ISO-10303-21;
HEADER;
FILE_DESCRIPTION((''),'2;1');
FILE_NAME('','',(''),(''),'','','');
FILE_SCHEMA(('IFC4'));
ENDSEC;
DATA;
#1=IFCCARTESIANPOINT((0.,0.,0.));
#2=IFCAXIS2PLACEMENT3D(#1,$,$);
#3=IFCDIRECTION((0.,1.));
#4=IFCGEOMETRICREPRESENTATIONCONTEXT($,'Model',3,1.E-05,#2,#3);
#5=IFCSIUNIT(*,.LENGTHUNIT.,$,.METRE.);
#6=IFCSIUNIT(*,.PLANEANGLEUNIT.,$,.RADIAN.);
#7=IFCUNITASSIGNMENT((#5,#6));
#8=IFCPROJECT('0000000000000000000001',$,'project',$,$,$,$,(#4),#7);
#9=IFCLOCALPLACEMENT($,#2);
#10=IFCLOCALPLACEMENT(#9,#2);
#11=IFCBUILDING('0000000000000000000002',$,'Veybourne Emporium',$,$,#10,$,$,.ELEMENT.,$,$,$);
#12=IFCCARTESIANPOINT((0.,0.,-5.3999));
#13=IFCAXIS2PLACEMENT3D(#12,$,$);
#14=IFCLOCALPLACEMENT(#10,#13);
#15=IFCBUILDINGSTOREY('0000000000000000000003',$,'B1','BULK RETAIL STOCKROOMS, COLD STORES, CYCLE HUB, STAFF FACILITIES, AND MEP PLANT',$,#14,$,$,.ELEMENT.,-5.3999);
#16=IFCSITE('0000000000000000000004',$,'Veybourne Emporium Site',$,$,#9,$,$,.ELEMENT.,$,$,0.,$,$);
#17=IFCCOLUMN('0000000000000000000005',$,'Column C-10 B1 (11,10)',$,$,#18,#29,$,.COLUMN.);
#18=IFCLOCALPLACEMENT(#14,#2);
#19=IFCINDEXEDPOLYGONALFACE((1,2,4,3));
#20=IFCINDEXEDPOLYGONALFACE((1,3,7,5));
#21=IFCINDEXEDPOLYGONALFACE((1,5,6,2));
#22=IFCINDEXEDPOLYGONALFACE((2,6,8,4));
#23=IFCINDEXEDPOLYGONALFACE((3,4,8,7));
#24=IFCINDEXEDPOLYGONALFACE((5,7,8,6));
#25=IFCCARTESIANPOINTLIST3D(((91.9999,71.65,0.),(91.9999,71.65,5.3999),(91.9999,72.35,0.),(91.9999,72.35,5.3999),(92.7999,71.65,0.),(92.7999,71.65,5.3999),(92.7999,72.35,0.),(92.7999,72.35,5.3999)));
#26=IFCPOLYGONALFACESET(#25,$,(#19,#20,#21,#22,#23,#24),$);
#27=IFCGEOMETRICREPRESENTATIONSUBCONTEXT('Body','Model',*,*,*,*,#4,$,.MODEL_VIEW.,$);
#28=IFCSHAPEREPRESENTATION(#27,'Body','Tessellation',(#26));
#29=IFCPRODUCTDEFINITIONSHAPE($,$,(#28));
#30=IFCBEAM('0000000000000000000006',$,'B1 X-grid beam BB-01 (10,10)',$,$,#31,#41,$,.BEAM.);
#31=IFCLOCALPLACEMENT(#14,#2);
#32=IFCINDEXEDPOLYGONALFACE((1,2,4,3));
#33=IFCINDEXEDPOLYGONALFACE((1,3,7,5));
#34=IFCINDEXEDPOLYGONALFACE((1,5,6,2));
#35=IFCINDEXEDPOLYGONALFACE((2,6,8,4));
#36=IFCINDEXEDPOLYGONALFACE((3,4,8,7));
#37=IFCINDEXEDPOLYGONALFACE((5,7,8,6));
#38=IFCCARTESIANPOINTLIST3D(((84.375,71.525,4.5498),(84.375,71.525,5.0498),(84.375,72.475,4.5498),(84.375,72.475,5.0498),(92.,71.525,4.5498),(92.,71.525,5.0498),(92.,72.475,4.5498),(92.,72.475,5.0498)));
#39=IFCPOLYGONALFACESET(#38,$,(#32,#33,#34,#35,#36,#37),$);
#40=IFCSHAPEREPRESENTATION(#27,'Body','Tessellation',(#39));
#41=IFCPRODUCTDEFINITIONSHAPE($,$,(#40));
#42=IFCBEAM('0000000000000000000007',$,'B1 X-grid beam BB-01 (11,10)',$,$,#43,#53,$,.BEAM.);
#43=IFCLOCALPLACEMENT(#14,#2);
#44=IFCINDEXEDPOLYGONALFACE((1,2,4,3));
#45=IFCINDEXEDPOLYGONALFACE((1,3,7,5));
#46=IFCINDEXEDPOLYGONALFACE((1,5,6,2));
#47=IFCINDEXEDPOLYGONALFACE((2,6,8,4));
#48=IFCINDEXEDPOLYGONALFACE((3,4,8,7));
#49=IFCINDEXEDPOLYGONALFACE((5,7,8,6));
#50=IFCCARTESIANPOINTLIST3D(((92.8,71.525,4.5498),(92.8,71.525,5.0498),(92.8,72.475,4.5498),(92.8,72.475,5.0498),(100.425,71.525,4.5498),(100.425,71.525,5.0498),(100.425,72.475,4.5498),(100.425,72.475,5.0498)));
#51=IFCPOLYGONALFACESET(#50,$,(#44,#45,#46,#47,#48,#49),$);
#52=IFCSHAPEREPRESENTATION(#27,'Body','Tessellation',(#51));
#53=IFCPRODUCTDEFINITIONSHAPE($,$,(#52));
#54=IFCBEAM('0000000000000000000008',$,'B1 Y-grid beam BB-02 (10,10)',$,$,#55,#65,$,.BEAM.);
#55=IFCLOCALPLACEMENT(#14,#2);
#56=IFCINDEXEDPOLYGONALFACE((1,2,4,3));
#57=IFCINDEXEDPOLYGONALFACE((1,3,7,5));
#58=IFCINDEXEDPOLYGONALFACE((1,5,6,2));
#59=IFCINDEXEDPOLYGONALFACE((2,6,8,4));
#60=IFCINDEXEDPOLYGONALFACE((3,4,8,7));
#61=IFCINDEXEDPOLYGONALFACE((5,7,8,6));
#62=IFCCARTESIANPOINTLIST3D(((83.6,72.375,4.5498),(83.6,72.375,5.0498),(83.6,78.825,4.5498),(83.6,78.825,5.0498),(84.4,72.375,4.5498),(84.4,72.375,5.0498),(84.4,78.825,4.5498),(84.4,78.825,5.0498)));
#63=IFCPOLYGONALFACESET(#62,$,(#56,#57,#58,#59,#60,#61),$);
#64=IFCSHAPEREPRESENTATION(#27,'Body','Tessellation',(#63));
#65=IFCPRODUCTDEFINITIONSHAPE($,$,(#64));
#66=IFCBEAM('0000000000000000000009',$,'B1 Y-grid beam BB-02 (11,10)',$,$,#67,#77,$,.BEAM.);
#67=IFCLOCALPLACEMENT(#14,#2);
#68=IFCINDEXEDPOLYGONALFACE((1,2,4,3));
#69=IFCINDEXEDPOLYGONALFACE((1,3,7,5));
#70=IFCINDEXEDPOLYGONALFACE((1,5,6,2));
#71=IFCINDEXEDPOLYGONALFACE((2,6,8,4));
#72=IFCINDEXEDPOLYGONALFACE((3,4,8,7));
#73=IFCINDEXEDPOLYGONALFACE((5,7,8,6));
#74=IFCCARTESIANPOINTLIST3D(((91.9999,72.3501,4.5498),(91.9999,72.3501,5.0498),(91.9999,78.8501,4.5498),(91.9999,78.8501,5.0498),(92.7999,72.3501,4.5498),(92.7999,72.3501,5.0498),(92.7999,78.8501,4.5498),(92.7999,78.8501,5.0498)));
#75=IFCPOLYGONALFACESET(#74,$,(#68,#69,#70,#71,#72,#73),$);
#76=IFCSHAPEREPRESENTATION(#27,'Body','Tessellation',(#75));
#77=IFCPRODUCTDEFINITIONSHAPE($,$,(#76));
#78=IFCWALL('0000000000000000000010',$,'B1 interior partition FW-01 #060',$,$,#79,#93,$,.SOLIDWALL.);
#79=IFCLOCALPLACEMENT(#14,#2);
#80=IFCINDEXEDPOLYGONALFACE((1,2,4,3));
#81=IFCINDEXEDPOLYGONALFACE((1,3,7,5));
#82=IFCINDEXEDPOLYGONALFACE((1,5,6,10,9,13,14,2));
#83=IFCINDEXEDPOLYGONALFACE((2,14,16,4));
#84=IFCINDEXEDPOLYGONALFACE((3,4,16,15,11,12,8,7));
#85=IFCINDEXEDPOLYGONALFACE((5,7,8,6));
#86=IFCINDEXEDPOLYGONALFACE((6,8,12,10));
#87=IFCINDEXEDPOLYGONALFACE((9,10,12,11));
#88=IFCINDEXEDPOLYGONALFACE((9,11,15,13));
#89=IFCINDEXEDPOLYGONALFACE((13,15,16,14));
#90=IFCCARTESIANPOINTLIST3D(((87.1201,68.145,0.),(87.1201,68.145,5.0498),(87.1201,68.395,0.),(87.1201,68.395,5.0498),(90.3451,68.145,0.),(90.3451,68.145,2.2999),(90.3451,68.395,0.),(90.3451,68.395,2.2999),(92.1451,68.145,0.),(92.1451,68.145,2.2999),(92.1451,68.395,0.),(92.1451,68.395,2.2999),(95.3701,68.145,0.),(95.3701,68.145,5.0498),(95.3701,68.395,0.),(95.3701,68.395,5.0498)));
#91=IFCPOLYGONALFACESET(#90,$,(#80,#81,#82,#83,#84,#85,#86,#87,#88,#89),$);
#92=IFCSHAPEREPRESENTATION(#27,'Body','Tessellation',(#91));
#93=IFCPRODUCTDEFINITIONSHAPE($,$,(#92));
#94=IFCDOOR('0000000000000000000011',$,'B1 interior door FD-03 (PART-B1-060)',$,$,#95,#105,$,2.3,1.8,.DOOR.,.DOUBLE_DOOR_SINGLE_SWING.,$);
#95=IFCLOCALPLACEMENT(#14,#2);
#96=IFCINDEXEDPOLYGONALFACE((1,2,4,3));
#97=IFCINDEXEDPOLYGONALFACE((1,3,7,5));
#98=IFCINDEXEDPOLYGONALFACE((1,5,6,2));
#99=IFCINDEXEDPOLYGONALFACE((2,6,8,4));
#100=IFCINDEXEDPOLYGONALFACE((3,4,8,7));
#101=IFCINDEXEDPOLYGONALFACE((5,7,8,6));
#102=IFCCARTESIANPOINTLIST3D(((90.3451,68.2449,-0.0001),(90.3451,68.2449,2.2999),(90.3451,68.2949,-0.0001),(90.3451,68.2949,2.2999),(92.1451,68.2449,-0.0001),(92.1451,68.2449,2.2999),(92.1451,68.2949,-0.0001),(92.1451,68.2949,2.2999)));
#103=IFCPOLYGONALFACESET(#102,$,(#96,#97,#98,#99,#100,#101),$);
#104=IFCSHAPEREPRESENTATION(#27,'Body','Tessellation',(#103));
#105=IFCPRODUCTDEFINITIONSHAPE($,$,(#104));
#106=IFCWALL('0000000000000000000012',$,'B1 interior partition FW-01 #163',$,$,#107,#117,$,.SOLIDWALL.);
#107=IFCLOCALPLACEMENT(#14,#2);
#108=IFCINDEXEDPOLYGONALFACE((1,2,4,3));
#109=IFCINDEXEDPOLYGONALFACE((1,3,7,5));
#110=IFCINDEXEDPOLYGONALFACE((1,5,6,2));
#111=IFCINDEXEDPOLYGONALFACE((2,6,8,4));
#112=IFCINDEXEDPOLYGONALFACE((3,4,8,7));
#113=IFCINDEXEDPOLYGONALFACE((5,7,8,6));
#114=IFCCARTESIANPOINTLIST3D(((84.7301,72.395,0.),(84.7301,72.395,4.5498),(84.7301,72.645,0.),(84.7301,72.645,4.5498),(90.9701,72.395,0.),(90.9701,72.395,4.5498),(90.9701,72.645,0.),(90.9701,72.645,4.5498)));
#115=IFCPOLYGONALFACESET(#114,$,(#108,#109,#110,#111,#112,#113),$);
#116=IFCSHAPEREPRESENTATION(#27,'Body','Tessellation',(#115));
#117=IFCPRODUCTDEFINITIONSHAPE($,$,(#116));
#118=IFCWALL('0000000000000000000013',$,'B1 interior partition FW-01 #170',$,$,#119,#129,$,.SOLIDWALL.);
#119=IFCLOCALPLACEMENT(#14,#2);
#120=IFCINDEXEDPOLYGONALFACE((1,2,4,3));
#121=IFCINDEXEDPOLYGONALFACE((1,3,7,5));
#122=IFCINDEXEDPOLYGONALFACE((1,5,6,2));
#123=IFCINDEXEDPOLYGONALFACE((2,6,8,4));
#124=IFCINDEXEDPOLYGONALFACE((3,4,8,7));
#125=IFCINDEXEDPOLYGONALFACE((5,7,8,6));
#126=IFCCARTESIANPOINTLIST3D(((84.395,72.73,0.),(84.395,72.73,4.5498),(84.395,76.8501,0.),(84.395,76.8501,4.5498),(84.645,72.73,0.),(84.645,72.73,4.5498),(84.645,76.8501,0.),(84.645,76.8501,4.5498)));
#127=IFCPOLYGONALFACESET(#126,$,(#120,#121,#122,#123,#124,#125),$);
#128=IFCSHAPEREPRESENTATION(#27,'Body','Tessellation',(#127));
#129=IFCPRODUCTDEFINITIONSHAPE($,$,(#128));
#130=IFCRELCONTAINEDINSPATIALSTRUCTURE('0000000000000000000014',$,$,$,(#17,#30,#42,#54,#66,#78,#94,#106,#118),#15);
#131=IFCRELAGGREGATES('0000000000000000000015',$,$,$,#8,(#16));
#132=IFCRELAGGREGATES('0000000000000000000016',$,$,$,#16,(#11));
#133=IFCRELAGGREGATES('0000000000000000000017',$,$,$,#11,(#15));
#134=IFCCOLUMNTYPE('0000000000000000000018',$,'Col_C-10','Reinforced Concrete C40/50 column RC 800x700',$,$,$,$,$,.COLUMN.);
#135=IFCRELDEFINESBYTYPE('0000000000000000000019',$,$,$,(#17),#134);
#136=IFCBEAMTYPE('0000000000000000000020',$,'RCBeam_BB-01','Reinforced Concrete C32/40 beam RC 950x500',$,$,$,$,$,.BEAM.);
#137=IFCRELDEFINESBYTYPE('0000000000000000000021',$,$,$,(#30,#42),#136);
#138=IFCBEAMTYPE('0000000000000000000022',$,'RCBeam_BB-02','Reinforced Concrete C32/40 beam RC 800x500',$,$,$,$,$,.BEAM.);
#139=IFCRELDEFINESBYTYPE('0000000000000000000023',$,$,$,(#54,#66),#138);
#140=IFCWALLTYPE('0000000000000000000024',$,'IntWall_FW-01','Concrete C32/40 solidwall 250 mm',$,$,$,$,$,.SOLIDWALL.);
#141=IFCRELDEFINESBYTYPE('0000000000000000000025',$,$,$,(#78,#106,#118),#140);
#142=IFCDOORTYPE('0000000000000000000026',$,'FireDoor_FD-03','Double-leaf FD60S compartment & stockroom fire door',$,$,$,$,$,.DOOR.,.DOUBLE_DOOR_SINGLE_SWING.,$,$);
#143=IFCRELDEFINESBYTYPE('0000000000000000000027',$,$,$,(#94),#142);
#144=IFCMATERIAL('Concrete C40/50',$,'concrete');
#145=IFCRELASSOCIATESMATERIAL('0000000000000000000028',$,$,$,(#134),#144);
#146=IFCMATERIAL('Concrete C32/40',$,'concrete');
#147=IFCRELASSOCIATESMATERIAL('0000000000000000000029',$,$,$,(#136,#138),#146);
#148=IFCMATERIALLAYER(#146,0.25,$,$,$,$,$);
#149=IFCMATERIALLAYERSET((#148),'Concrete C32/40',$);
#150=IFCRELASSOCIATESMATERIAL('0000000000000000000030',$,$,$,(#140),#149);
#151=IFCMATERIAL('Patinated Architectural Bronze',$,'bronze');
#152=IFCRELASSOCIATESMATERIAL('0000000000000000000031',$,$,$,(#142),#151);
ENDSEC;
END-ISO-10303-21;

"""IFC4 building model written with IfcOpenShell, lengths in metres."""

from ifc_helpers import new_model, si_unit, direction, frame, frame_2d, origin, origin_2d, place, context, subcontext, project, spatial, rectangle, extrude, material, layer, layer_set, material_profile, profile_set, type_object, element, fill, save


model = new_model("IFC4")

# Units and contexts
model_context = context("Model", 3, precision=1e-05, world=origin(), true_north=direction((0.0, 1.0)))
body_context = subcontext(model_context, "Body", "Model", "MODEL_VIEW")
ifc_project = project(units=[si_unit("LENGTHUNIT", "METRE"), si_unit("PLANEANGLEUNIT", "RADIAN")], contexts=[model_context])

# Site, building, storey
site_placement = place(None, origin())
site = spatial("IfcSite", under=ifc_project, at=site_placement, Name="Veybourne Emporium Site", CompositionType="ELEMENT", RefElevation=0.0)
building_placement = place(site_placement, origin())
building = spatial("IfcBuilding", under=site, at=building_placement, Name="Veybourne Emporium", CompositionType="ELEMENT")
storey_placement = place(building_placement, frame((0.0, 0.0, -5.3999)))
storey = spatial("IfcBuildingStorey", under=building, at=storey_placement, Name="B1", Description="BULK RETAIL STOCKROOMS, COLD STORES, CYCLE HUB, STAFF FACILITIES, AND MEP PLANT", CompositionType="ELEMENT", Elevation=-5.3999)

# Column
ifc_material_1 = material(Name="Concrete C40/50", Category="concrete")
ifc_material_profile_1 = material_profile(ifc_material_1, rectangle(XDim=0.8, YDim=0.7, at=origin_2d()), Name="RC 800x700")
ifc_profile_set_1 = profile_set([ifc_material_profile_1], Name="Concrete C40/50")
column_type_1 = type_object("IfcColumnType", Name="Col_C-10", Description="Reinforced Concrete C40/50 column RC 800x700", PredefinedType="COLUMN", material=ifc_profile_set_1)
column_1_placement = place(storey_placement, frame((92.3999, 72.0, 0.0), z_axis=(0.0, 0.0, 1.0), x_axis=(1.0, 0.0, 0.0)))
element("IfcColumn", 1, at=column_1_placement, inside=storey, type_object=column_type_1, Name="Column C-10 B1 (11,10)", PredefinedType="COLUMN", context=body_context, shape_type="SweptSolid", body=[
    extrude(rectangle(XDim=0.8, YDim=0.7, at=origin_2d()), origin(), (0.0, 0.0, 1.0), 5.3999),
])

# Beams
ifc_material_2 = material(Name="Concrete C32/40", Category="concrete")
ifc_material_profile_2 = material_profile(ifc_material_2, rectangle(XDim=0.95, YDim=0.5, at=origin_2d()), Name="RC 950x500")
ifc_profile_set_2 = profile_set([ifc_material_profile_2], Name="Concrete C32/40")
beam_type_1 = type_object("IfcBeamType", Name="RCBeam_BB-01", Description="Reinforced Concrete C32/40 beam RC 950x500", PredefinedType="BEAM", material=ifc_profile_set_2)
for number, where, z_axis, x_axis, name in (
    (2, (84.375, 72.0, 4.7998), (1.0, 0.0, 0.0), (0.0, 1.0, 0.0), "B1 X-grid beam BB-01 (10,10)"),
    (3, (92.8, 72.0, 4.7998), (1.0, 0.0, 0.0), (0.0, 1.0, 0.0), "B1 X-grid beam BB-01 (11,10)"),
):
    element("IfcBeam", number, at=place(storey_placement, frame(where, z_axis=z_axis, x_axis=x_axis)), inside=storey, type_object=beam_type_1, Name=name, PredefinedType="BEAM", context=body_context, shape_type="SweptSolid", body=[
        extrude(rectangle(XDim=0.95, YDim=0.5, at=origin_2d()), origin(), (0.0, 0.0, 1.0), 7.625),
    ])
ifc_material_profile_3 = material_profile(ifc_material_2, rectangle(XDim=0.8, YDim=0.5, at=origin_2d()), Name="RC 800x500")
ifc_profile_set_3 = profile_set([ifc_material_profile_3], Name="Concrete C32/40")
beam_type_2 = type_object("IfcBeamType", Name="RCBeam_BB-02", Description="Reinforced Concrete C32/40 beam RC 800x500", PredefinedType="BEAM", material=ifc_profile_set_3)
beam_1_placement = place(storey_placement, frame((84.0, 72.375, 4.7998), z_axis=(0.0, 1.0, 0.0), x_axis=(-1.0, 0.0, 0.0)))
element("IfcBeam", 4, at=beam_1_placement, inside=storey, type_object=beam_type_2, Name="B1 Y-grid beam BB-02 (10,10)", PredefinedType="BEAM", context=body_context, shape_type="SweptSolid", body=[
    extrude(rectangle(XDim=0.8, YDim=0.5, at=origin_2d()), origin(), (0.0, 0.0, 1.0), 6.45),
])
beam_2_placement = place(storey_placement, frame((92.3999, 72.3501, 4.7998), z_axis=(0.0, 1.0, 0.0), x_axis=(-1.0, 0.0, 0.0)))
element("IfcBeam", 5, at=beam_2_placement, inside=storey, type_object=beam_type_2, Name="B1 Y-grid beam BB-02 (11,10)", PredefinedType="BEAM", context=body_context, shape_type="SweptSolid", body=[
    extrude(rectangle(XDim=0.8, YDim=0.5, at=origin_2d()), origin(), (0.0, 0.0, 1.0), 6.5),
])

# Wall, opening, door
ifc_layer = layer(ifc_material_2, 0.25)
ifc_layer_set = layer_set([ifc_layer], Name="Concrete C32/40")
wall_type = type_object("IfcWallType", Name="IntWall_FW-01", Description="Concrete C32/40 solidwall 250 mm", PredefinedType="SOLIDWALL", material=ifc_layer_set)
wall_1_placement = place(storey_placement, frame((87.1201, 68.27, 0.0), z_axis=(0.0, 0.0, 1.0), x_axis=(1.0, 0.0, 0.0)))
wall_1 = element("IfcWall", 6, at=wall_1_placement, inside=storey, type_object=wall_type, Name="B1 interior partition FW-01 #060", PredefinedType="SOLIDWALL", context=body_context, shape_type="SweptSolid", body=[
    extrude(rectangle(XDim=8.25, YDim=0.25, at=frame_2d((4.125, 0.0))), origin(), (0.0, 0.0, 1.0), 5.0498),
])
opening_placement = place(wall_1_placement, frame((3.2251, 0.0, 0.0)))
opening = element("IfcOpeningElement", 7, at=opening_placement, cuts=wall_1, PredefinedType="OPENING", context=body_context, shape_type="SweptSolid", body=[
    extrude(rectangle(XDim=1.8, YDim=2.3, at=frame_2d((0.8999, 1.1499))), frame((0.0, 0.145, 0.0), z_axis=(0.0, -1.0, 0.0), x_axis=(1.0, 0.0, 0.0)), (0.0, 0.0, 1.0), 0.29),
])
ifc_material_3 = material(Name="Patinated Architectural Bronze", Category="bronze")
door_type = type_object("IfcDoorType", Name="FireDoor_FD-03", Description="Double-leaf FD60S compartment & stockroom fire door", OperationType="DOUBLE_DOOR_SINGLE_SWING", PredefinedType="DOOR", material=ifc_material_3)
door_placement = place(opening_placement, origin())
door = element("IfcDoor", 8, at=door_placement, inside=storey, type_object=door_type, Name="B1 interior door FD-03 (PART-B1-060)", OperationType="DOUBLE_DOOR_SINGLE_SWING", OverallHeight=2.3, OverallWidth=1.8, PredefinedType="DOOR", context=body_context, shape_type="SweptSolid", body=[
    extrude(rectangle(XDim=1.8, YDim=2.3, at=frame_2d((0.8999, 1.1499))), frame((0.0, 0.0249, 0.0), z_axis=(0.0, -1.0, 0.0), x_axis=(1.0, 0.0, 0.0)), (0.0, 0.0, 1.0), 0.05),
])
fill(opening, door)

# Walls
wall_2_placement = place(storey_placement, frame((84.73, 72.52, 0.0), z_axis=(0.0, 0.0, 1.0), x_axis=(1.0, 0.0, 0.0)))
element("IfcWall", 9, at=wall_2_placement, inside=storey, type_object=wall_type, Name="B1 interior partition FW-01 #163", PredefinedType="SOLIDWALL", context=body_context, shape_type="SweptSolid", body=[
    extrude(rectangle(XDim=6.24, YDim=0.25, at=frame_2d((3.1201, 0.0))), origin(), (0.0, 0.0, 1.0), 4.5498),
])
wall_3_placement = place(storey_placement, frame((84.52, 72.73, 0.0), z_axis=(0.0, 0.0, 1.0), x_axis=(0.0, 1.0, 0.0)))
element("IfcWall", 10, at=wall_3_placement, inside=storey, type_object=wall_type, Name="B1 interior partition FW-01 #170", PredefinedType="SOLIDWALL", context=body_context, shape_type="SweptSolid", body=[
    extrude(rectangle(XDim=4.1201, YDim=0.25, at=frame_2d((2.0601, 0.0))), origin(), (0.0, 0.0, 1.0), 4.5498),
])

save(model, "model.ifc")
